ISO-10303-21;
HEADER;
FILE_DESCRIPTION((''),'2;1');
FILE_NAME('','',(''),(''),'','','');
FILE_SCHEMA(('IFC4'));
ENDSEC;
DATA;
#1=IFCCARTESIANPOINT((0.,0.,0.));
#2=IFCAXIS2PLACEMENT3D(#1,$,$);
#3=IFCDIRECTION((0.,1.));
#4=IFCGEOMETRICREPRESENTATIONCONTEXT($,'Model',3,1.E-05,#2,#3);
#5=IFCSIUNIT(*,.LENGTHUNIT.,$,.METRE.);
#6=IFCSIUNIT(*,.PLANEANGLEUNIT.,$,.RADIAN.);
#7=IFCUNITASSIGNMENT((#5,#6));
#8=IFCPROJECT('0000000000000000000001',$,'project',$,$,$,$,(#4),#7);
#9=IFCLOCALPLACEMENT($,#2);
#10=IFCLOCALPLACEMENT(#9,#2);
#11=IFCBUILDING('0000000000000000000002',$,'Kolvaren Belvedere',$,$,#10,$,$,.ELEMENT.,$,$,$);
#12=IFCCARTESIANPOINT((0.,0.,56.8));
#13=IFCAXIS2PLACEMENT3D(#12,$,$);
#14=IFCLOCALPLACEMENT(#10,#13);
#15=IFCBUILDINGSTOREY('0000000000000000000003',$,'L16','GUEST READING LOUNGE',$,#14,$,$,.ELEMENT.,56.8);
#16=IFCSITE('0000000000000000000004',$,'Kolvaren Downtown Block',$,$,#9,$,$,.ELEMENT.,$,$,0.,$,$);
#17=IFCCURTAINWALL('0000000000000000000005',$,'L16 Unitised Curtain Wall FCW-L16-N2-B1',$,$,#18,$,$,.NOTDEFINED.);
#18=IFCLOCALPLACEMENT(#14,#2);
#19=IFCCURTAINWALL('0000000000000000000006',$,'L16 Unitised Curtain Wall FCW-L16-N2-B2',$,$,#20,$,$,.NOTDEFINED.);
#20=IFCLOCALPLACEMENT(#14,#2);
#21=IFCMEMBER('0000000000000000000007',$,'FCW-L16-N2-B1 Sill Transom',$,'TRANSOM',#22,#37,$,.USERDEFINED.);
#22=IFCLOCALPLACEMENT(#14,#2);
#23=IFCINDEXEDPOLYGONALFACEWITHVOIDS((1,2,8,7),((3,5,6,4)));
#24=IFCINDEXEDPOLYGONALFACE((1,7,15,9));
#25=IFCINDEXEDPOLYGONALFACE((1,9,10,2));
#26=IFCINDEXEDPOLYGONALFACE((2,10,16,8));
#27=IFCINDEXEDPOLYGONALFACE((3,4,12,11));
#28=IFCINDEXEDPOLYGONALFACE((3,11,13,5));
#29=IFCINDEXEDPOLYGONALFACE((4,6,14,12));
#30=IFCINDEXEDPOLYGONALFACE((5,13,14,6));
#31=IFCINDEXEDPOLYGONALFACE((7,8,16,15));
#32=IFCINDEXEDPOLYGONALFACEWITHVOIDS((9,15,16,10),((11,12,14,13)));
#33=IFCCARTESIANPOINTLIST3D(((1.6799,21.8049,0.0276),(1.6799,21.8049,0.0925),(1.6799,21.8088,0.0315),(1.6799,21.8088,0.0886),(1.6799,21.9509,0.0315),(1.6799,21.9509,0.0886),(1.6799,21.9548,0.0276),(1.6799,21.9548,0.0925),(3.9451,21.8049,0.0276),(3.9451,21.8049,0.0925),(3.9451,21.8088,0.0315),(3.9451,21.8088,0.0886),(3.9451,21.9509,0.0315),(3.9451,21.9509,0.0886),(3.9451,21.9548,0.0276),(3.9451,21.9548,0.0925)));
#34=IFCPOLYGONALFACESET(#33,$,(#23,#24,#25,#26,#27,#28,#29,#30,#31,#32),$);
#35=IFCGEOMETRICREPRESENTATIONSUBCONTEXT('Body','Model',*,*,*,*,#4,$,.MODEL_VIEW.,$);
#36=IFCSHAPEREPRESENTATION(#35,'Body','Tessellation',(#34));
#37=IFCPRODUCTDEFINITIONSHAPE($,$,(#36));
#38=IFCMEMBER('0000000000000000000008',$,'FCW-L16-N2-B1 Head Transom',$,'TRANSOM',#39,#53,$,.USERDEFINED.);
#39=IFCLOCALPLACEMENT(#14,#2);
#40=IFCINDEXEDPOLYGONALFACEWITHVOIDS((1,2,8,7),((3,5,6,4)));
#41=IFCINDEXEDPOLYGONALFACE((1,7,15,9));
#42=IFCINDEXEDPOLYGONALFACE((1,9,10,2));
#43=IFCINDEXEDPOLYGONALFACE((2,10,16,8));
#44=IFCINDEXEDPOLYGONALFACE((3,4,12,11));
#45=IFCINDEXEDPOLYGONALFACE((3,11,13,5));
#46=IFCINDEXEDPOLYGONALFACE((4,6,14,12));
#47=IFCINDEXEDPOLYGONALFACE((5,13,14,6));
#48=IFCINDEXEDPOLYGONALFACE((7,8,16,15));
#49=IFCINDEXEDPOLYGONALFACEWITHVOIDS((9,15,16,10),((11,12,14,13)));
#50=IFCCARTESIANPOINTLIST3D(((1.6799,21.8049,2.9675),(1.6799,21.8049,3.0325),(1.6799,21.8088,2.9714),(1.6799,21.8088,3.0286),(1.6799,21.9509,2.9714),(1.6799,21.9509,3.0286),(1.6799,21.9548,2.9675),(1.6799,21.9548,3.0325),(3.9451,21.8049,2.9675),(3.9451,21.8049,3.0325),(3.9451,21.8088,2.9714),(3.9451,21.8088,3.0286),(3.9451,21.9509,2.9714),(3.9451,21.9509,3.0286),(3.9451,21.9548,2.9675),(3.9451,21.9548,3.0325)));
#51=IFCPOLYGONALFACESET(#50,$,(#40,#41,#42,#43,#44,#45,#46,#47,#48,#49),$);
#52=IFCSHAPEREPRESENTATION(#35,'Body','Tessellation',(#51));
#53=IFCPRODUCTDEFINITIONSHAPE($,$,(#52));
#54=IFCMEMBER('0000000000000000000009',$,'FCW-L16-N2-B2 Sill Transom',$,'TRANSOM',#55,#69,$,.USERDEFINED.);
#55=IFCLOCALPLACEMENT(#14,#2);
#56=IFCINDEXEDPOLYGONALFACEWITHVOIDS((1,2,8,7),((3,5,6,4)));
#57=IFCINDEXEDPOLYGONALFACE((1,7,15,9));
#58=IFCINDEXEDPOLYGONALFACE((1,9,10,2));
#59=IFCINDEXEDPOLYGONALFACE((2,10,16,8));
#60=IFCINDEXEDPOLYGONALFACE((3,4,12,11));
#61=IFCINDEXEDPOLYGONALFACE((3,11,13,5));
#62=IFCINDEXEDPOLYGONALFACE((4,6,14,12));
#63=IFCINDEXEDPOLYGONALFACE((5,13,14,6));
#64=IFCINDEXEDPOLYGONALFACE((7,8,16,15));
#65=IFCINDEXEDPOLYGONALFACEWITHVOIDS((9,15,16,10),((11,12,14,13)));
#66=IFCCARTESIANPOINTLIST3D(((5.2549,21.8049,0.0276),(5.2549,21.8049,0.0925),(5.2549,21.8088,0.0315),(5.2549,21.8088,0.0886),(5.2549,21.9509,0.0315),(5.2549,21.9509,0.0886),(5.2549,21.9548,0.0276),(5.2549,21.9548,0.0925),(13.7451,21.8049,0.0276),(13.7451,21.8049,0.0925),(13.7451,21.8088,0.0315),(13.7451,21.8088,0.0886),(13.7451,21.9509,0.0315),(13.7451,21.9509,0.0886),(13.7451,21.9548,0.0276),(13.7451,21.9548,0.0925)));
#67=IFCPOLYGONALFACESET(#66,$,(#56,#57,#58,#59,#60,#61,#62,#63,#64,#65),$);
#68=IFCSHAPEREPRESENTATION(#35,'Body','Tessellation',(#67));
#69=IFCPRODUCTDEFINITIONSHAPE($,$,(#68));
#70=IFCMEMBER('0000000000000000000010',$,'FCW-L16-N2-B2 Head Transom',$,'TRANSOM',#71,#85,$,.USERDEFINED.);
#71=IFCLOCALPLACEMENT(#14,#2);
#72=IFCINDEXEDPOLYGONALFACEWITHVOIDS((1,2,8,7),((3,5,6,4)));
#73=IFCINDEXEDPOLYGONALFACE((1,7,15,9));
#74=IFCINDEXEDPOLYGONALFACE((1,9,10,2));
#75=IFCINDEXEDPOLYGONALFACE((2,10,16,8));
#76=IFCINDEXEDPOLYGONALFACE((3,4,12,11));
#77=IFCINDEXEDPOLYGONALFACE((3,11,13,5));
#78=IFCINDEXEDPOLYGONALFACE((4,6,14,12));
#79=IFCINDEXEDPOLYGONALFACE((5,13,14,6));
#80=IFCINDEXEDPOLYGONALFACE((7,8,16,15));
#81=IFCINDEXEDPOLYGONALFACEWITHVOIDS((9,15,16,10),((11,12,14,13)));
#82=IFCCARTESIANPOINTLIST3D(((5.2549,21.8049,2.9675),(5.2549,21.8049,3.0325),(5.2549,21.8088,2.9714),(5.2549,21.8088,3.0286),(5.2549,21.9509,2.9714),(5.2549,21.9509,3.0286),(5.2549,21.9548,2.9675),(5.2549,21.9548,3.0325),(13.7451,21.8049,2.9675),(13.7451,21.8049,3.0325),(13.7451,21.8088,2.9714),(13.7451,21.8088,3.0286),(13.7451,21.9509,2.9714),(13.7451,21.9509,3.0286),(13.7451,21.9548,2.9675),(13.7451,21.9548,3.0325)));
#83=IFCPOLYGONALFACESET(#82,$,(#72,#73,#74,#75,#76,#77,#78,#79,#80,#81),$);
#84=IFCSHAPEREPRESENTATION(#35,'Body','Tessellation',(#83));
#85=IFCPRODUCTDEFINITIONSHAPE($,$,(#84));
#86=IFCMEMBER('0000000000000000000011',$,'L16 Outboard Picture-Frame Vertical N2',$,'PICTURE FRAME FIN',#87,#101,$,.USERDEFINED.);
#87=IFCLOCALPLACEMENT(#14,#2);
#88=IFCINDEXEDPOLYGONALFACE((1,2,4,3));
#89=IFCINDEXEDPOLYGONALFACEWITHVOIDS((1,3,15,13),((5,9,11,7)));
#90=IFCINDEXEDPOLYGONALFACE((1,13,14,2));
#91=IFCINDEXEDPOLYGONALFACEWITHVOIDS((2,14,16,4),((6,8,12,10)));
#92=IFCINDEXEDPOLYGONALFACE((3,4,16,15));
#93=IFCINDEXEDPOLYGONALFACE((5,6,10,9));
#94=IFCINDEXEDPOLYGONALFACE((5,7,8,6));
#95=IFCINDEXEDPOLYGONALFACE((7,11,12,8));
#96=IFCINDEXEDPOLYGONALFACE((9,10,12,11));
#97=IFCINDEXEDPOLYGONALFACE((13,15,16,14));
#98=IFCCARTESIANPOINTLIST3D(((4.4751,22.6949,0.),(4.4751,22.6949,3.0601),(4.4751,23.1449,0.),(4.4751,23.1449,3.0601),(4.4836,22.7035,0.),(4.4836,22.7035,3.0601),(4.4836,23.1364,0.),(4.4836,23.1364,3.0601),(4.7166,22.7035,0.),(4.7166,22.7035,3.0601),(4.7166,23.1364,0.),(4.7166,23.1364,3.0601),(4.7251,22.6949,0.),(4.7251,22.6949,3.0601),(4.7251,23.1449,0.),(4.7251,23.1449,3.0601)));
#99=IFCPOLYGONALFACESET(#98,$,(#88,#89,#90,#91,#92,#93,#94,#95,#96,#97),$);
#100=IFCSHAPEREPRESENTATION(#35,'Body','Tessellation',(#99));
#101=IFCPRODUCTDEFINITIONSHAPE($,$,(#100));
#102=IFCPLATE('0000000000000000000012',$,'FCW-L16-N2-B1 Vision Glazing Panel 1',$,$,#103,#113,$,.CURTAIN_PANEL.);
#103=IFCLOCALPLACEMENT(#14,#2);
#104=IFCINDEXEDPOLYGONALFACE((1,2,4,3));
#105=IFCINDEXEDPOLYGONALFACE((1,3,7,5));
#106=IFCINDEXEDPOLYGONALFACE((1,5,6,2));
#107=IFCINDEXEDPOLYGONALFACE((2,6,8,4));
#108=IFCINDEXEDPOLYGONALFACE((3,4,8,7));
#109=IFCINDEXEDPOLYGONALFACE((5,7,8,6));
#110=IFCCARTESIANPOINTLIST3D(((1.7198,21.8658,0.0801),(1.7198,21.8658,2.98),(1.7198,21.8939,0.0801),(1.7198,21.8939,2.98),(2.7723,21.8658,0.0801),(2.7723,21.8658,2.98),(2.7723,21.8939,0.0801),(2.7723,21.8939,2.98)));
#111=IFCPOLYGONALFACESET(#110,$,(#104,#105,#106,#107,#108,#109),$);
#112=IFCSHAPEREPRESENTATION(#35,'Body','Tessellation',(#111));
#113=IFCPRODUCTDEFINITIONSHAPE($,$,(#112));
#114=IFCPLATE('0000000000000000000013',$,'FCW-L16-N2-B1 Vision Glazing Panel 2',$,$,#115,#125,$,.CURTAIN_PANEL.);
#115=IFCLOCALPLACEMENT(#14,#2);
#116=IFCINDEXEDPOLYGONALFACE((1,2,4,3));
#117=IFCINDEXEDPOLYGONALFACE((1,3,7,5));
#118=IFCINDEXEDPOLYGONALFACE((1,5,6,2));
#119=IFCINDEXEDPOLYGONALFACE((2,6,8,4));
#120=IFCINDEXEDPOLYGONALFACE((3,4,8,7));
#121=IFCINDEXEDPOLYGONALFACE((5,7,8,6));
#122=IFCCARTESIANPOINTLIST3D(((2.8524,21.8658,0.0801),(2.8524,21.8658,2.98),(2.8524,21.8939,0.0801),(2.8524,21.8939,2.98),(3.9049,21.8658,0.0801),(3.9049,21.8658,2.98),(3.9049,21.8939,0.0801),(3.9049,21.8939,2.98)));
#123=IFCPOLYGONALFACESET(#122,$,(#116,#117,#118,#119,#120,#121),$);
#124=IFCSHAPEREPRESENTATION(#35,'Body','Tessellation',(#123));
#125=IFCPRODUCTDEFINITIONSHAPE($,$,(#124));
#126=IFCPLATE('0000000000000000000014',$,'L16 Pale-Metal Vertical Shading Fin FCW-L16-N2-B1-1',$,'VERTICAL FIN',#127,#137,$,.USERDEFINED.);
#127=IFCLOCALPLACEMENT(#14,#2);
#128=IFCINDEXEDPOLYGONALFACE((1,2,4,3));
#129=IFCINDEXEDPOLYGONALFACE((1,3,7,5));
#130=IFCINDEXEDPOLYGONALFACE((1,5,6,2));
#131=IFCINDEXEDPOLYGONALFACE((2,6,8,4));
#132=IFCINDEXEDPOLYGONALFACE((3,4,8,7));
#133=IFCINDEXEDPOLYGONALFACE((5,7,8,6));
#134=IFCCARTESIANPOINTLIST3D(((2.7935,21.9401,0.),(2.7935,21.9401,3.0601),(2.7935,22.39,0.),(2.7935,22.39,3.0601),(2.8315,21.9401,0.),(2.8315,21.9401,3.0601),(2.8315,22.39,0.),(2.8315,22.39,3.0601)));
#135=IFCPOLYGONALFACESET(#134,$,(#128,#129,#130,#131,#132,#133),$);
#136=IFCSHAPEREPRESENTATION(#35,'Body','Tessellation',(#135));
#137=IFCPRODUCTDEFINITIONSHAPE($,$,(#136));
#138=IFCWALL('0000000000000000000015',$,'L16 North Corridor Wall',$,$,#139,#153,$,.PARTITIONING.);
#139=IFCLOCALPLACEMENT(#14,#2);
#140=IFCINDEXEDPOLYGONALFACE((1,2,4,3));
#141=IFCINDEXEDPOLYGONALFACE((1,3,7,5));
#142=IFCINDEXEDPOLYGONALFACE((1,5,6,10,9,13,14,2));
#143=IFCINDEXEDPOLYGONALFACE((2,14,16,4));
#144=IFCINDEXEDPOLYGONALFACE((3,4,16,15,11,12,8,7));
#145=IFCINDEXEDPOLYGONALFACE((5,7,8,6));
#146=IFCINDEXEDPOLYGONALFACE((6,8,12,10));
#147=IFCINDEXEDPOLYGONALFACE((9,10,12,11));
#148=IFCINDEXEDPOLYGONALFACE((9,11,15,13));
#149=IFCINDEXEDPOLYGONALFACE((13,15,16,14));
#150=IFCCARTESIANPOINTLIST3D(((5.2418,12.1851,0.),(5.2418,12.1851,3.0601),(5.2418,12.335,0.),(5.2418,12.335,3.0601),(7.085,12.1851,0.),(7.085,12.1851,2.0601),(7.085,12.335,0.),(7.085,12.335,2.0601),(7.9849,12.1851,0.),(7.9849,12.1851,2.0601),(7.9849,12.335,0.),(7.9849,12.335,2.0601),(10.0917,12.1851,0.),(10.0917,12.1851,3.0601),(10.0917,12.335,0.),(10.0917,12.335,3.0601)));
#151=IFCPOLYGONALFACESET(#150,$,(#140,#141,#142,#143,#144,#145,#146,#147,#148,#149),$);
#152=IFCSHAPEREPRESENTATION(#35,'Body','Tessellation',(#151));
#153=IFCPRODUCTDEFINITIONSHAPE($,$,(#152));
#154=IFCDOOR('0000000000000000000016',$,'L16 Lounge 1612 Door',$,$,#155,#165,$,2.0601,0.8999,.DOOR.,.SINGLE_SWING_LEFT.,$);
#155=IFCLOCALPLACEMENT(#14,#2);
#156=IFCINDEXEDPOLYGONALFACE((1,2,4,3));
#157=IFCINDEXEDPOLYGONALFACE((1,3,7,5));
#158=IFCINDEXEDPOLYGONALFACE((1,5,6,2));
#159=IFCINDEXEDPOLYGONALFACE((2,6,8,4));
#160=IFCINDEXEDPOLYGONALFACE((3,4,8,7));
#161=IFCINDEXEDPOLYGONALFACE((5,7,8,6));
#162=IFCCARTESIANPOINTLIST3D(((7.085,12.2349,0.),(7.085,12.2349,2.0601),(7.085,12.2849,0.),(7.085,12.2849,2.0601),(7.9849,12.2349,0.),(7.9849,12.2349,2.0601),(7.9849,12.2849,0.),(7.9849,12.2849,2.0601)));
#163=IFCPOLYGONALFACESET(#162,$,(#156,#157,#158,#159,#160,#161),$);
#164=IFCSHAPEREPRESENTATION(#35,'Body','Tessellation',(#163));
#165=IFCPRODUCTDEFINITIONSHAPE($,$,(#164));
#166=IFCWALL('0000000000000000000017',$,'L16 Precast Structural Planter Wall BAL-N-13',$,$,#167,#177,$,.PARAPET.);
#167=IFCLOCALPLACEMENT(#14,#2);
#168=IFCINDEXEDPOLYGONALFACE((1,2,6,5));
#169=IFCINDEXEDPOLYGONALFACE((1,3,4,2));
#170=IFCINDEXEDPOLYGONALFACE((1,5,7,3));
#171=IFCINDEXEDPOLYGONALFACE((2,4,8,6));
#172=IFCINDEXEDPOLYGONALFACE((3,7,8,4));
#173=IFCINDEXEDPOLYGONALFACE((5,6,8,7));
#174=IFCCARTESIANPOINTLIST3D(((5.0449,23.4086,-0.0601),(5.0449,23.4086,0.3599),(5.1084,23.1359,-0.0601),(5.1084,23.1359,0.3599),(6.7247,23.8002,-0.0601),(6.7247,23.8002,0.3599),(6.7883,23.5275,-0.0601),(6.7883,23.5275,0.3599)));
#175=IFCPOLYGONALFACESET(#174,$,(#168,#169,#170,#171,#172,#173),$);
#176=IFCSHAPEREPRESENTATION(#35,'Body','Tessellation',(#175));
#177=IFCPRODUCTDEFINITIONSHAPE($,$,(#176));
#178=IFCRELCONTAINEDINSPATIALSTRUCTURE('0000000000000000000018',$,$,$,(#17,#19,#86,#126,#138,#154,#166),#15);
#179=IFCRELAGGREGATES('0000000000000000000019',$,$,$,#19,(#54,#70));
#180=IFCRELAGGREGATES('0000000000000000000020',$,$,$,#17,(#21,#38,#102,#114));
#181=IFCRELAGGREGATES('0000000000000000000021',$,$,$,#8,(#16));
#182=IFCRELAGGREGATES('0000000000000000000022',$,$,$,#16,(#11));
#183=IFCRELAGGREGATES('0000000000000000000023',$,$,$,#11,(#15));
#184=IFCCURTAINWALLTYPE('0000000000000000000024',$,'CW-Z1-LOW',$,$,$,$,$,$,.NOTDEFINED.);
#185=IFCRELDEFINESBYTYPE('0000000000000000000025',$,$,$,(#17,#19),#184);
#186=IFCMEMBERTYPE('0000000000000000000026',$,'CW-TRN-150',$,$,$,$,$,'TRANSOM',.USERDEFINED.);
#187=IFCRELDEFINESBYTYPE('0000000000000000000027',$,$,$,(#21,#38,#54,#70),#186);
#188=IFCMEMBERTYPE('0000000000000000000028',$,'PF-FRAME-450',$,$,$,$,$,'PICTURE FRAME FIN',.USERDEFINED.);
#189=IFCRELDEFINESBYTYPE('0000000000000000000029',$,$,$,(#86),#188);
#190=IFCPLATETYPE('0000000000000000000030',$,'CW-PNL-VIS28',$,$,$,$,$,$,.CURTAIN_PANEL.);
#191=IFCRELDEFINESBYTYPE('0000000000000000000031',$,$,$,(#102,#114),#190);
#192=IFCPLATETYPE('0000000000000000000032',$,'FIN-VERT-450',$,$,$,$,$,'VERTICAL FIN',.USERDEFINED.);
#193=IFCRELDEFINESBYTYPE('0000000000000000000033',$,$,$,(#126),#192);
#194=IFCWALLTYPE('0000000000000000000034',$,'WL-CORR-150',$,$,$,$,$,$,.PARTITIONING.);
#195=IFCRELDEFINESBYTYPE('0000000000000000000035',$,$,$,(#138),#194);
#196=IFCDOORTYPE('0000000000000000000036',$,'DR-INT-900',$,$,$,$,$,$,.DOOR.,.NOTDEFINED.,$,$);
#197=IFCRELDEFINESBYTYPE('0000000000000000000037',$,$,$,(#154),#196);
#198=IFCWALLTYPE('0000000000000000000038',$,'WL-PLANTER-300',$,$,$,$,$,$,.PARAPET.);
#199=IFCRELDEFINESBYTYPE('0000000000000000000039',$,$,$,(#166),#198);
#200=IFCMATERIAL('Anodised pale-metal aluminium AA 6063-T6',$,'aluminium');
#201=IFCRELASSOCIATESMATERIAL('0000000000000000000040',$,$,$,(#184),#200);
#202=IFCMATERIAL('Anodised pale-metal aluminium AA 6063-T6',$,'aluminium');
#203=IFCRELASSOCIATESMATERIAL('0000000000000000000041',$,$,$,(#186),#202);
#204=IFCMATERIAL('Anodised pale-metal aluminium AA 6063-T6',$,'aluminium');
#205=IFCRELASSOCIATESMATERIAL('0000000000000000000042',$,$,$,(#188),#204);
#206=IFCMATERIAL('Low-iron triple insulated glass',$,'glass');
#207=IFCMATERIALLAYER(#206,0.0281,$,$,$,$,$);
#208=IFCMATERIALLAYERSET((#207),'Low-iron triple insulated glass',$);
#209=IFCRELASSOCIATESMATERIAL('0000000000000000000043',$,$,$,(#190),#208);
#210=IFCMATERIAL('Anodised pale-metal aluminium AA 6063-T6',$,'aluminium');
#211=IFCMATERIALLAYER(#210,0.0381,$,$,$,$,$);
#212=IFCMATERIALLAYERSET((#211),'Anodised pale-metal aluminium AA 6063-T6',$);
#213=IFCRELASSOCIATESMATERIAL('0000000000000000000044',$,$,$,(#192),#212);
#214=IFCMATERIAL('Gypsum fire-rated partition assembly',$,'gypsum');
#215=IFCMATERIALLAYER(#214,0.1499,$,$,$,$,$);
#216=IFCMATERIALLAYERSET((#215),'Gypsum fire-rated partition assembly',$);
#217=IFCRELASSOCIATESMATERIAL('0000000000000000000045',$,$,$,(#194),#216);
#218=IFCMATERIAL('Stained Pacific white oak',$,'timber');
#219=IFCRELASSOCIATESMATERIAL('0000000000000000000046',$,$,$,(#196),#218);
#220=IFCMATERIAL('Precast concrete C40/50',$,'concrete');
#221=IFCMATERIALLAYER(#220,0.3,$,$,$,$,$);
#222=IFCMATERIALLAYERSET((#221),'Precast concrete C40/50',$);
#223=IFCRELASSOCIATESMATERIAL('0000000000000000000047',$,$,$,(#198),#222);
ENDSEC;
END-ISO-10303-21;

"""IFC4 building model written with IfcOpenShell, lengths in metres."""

from ifc_helpers import new_model, si_unit, direction, frame, frame_2d, origin, origin_2d, place, context, subcontext, project, spatial, rectangle, hollow_rectangle, extrude, material, layer, layer_set, material_profile, profile_set, type_object, element, fill, aggregate, save


model = new_model("IFC4")

# Units and contexts
model_context = context("Model", 3, precision=1e-05, world=origin(), true_north=direction((0.0, 1.0)))
body_context = subcontext(model_context, "Body", "Model", "MODEL_VIEW")
ifc_project = project(units=[si_unit("LENGTHUNIT", "METRE"), si_unit("PLANEANGLEUNIT", "RADIAN")], contexts=[model_context])

# Site, building, storey
site_placement = place(None, origin())
site = spatial("IfcSite", under=ifc_project, at=site_placement, Name="Kolvaren Downtown Block", CompositionType="ELEMENT", RefElevation=0.0)
building_placement = place(site_placement, origin())
building = spatial("IfcBuilding", under=site, at=building_placement, Name="Kolvaren Belvedere", CompositionType="ELEMENT")
storey_placement = place(building_placement, frame((0.0, 0.0, 56.8)))
storey = spatial("IfcBuildingStorey", under=building, at=storey_placement, Name="L16", Description="GUEST READING LOUNGE", CompositionType="ELEMENT", Elevation=56.8)

# Curtain wall
ifc_material_1 = material(Name="Anodised pale-metal aluminium AA 6063-T6", Category="aluminium")
curtain_wall_type = type_object("IfcCurtainWallType", Name="CW-Z1-LOW", PredefinedType="NOTDEFINED", material=ifc_material_1)
curtain_wall_1_placement = place(storey_placement, origin())
curtain_wall_1 = element("IfcCurtainWall", 1, at=curtain_wall_1_placement, inside=storey, type_object=curtain_wall_type, Name="L16 Unitised Curtain Wall FCW-L16-N2-B1", PredefinedType="NOTDEFINED")

# Curtain wall
curtain_wall_2_placement = place(storey_placement, origin())
curtain_wall_2 = element("IfcCurtainWall", 2, at=curtain_wall_2_placement, inside=storey, type_object=curtain_wall_type, Name="L16 Unitised Curtain Wall FCW-L16-N2-B2", PredefinedType="NOTDEFINED")

# Members
ifc_material_2 = material(Name="Anodised pale-metal aluminium AA 6063-T6", Category="aluminium")
ifc_material_profile_1 = material_profile(ifc_material_2, hollow_rectangle(XDim=0.0649, YDim=0.1499, WallThickness=0.0039, at=origin_2d()), Name="ALU-TRN-150X65")
ifc_profile_set_1 = profile_set([ifc_material_profile_1], Name="Anodised pale-metal aluminium AA 6063-T6")
member_type_1 = type_object("IfcMemberType", Name="CW-TRN-150", ElementType="TRANSOM", PredefinedType="USERDEFINED", material=ifc_profile_set_1)
member_1_placement = place(storey_placement, frame((1.6799, 21.8799, 0.0601), z_axis=(1.0, 0.0, 0.0), x_axis=(0.0, 0.0, 1.0)))
member_1 = element("IfcMember", 3, at=member_1_placement, type_object=member_type_1, Name="FCW-L16-N2-B1 Sill Transom", ObjectType="TRANSOM", PredefinedType="USERDEFINED", context=body_context, shape_type="SweptSolid", body=[
    extrude(hollow_rectangle(XDim=0.0649, YDim=0.1499, WallThickness=0.0039, at=origin_2d()), origin(), (0.0, 0.0, 1.0), 2.2651),
])
member_2_placement = place(storey_placement, frame((1.6799, 21.8799, 3.0), z_axis=(1.0, 0.0, 0.0), x_axis=(0.0, 0.0, 1.0)))
member_2 = element("IfcMember", 4, at=member_2_placement, type_object=member_type_1, Name="FCW-L16-N2-B1 Head Transom", ObjectType="TRANSOM", PredefinedType="USERDEFINED", context=body_context, shape_type="SweptSolid", body=[
    extrude(hollow_rectangle(XDim=0.0649, YDim=0.1499, WallThickness=0.0039, at=origin_2d()), origin(), (0.0, 0.0, 1.0), 2.2651),
])
member_3_placement = place(storey_placement, frame((5.2549, 21.8799, 0.0601), z_axis=(1.0, 0.0, 0.0), x_axis=(0.0, 0.0, 1.0)))
member_3 = element("IfcMember", 5, at=member_3_placement, type_object=member_type_1, Name="FCW-L16-N2-B2 Sill Transom", ObjectType="TRANSOM", PredefinedType="USERDEFINED", context=body_context, shape_type="SweptSolid", body=[
    extrude(hollow_rectangle(XDim=0.0649, YDim=0.1499, WallThickness=0.0039, at=origin_2d()), origin(), (0.0, 0.0, 1.0), 8.4902),
])
member_4_placement = place(storey_placement, frame((5.2549, 21.8799, 3.0), z_axis=(1.0, 0.0, 0.0), x_axis=(0.0, 0.0, 1.0)))
member_4 = element("IfcMember", 6, at=member_4_placement, type_object=member_type_1, Name="FCW-L16-N2-B2 Head Transom", ObjectType="TRANSOM", PredefinedType="USERDEFINED", context=body_context, shape_type="SweptSolid", body=[
    extrude(hollow_rectangle(XDim=0.0649, YDim=0.1499, WallThickness=0.0039, at=origin_2d()), origin(), (0.0, 0.0, 1.0), 8.4902),
])
aggregate(curtain_wall_2, [member_3, member_4])
ifc_material_3 = material(Name="Anodised pale-metal aluminium AA 6063-T6", Category="aluminium")
ifc_material_profile_2 = material_profile(ifc_material_3, hollow_rectangle(XDim=0.25, YDim=0.45, WallThickness=0.0085, at=origin_2d()), Name="ALU-PF-450X250")
ifc_profile_set_2 = profile_set([ifc_material_profile_2], Name="Anodised pale-metal aluminium AA 6063-T6")
member_type_2 = type_object("IfcMemberType", Name="PF-FRAME-450", ElementType="PICTURE FRAME FIN", PredefinedType="USERDEFINED", material=ifc_profile_set_2)
member_5_placement = place(storey_placement, frame((4.6001, 22.9199, 0.0), z_axis=(0.0, 0.0, 1.0), x_axis=(1.0, 0.0, 0.0)))
element("IfcMember", 7, at=member_5_placement, inside=storey, type_object=member_type_2, Name="L16 Outboard Picture-Frame Vertical N2", ObjectType="PICTURE FRAME FIN", PredefinedType="USERDEFINED", context=body_context, shape_type="SweptSolid", body=[
    extrude(hollow_rectangle(XDim=0.25, YDim=0.45, WallThickness=0.0085, at=origin_2d()), origin(), (0.0, 0.0, 1.0), 3.0601),
])

# Plates
ifc_material_4 = material(Name="Low-iron triple insulated glass", Category="glass")
ifc_layer_1 = layer(ifc_material_4, 0.0281)
ifc_layer_set_1 = layer_set([ifc_layer_1], Name="Low-iron triple insulated glass")
plate_type_1 = type_object("IfcPlateType", Name="CW-PNL-VIS28", PredefinedType="CURTAIN_PANEL", material=ifc_layer_set_1)
plate_1_placement = place(storey_placement, frame((2.2461, 21.8799, 0.0801), z_axis=(0.0, 0.0, 1.0), x_axis=(1.0, 0.0, 0.0)))
plate_1 = element("IfcPlate", 8, at=plate_1_placement, type_object=plate_type_1, Name="FCW-L16-N2-B1 Vision Glazing Panel 1", PredefinedType="CURTAIN_PANEL", context=body_context, shape_type="SweptSolid", body=[
    extrude(rectangle(XDim=1.0525, YDim=0.0281, at=origin_2d()), origin(), (0.0, 0.0, 1.0), 2.8999),
])
plate_2_placement = place(storey_placement, frame((3.3787, 21.8799, 0.0801), z_axis=(0.0, 0.0, 1.0), x_axis=(1.0, 0.0, 0.0)))
plate_2 = element("IfcPlate", 9, at=plate_2_placement, type_object=plate_type_1, Name="FCW-L16-N2-B1 Vision Glazing Panel 2", PredefinedType="CURTAIN_PANEL", context=body_context, shape_type="SweptSolid", body=[
    extrude(rectangle(XDim=1.0525, YDim=0.0281, at=origin_2d()), origin(), (0.0, 0.0, 1.0), 2.8999),
])
aggregate(curtain_wall_1, [member_1, member_2, plate_1, plate_2])
ifc_material_5 = material(Name="Anodised pale-metal aluminium AA 6063-T6", Category="aluminium")
ifc_layer_2 = layer(ifc_material_5, 0.0381)
ifc_layer_set_2 = layer_set([ifc_layer_2], Name="Anodised pale-metal aluminium AA 6063-T6")
plate_type_2 = type_object("IfcPlateType", Name="FIN-VERT-450", ElementType="VERTICAL FIN", PredefinedType="USERDEFINED", material=ifc_layer_set_2)
plate_3_placement = place(storey_placement, frame((2.8125, 22.165, 0.0), z_axis=(0.0, 0.0, 1.0), x_axis=(0.0, 1.0, 0.0)))
element("IfcPlate", 10, at=plate_3_placement, inside=storey, type_object=plate_type_2, Name="L16 Pale-Metal Vertical Shading Fin FCW-L16-N2-B1-1", ObjectType="VERTICAL FIN", PredefinedType="USERDEFINED", context=body_context, shape_type="SweptSolid", body=[
    extrude(rectangle(XDim=0.45, YDim=0.0381, at=origin_2d()), origin(), (0.0, 0.0, 1.0), 3.0601),
])

# Wall, opening, door
ifc_material_6 = material(Name="Gypsum fire-rated partition assembly", Category="gypsum")
ifc_layer_3 = layer(ifc_material_6, 0.1499)
ifc_layer_set_3 = layer_set([ifc_layer_3], Name="Gypsum fire-rated partition assembly")
wall_type_1 = type_object("IfcWallType", Name="WL-CORR-150", PredefinedType="PARTITIONING", material=ifc_layer_set_3)
wall_1_placement = place(storey_placement, frame((5.2419, 12.26, 0.0), z_axis=(0.0, 0.0, 1.0), x_axis=(1.0, 0.0, 0.0)))
wall_1 = element("IfcWall", 11, at=wall_1_placement, inside=storey, type_object=wall_type_1, Name="L16 North Corridor Wall", PredefinedType="PARTITIONING", context=body_context, shape_type="SweptSolid", body=[
    extrude(rectangle(XDim=4.8499, YDim=0.1499, at=frame_2d((2.4248, 0.0))), origin(), (0.0, 0.0, 1.0), 3.0601),
])
opening_placement = place(wall_1_placement, frame((1.843, 0.0, 0.0)))
opening = element("IfcOpeningElement", 12, at=opening_placement, cuts=wall_1, PredefinedType="OPENING", context=body_context, shape_type="SweptSolid", body=[
    extrude(rectangle(XDim=0.8999, YDim=2.0601, at=frame_2d((0.45, 1.03))), frame((0.0, 0.085, 0.0), z_axis=(0.0, -1.0, 0.0), x_axis=(1.0, 0.0, 0.0)), (0.0, 0.0, 1.0), 0.1699),
])
ifc_material_7 = material(Name="Stained Pacific white oak", Category="timber")
door_type = type_object("IfcDoorType", Name="DR-INT-900", OperationType="NOTDEFINED", PredefinedType="DOOR", material=ifc_material_7)
door_placement = place(opening_placement, origin())
door = element("IfcDoor", 13, at=door_placement, inside=storey, type_object=door_type, Name="L16 Lounge 1612 Door", OperationType="SINGLE_SWING_LEFT", OverallHeight=2.0601, OverallWidth=0.8999, PredefinedType="DOOR", context=body_context, shape_type="SweptSolid", body=[
    extrude(rectangle(XDim=0.8999, YDim=2.0601, at=frame_2d((0.45, 1.03))), frame((0.0, 0.0249, 0.0), z_axis=(0.0, -1.0, 0.0), x_axis=(1.0, 0.0, 0.0)), (0.0, 0.0, 1.0), 0.05),
])
fill(opening, door)

# Wall
ifc_material_8 = material(Name="Precast concrete C40/50", Category="concrete")
ifc_layer_4 = layer(ifc_material_8, 0.3)
ifc_layer_set_4 = layer_set([ifc_layer_4], Name="Precast concrete C40/50")
wall_type_2 = type_object("IfcWallType", Name="WL-PLANTER-300", PredefinedType="PARAPET", material=ifc_layer_set_4)
wall_2_placement = place(storey_placement, frame((6.7563, 23.6638, -0.0601), z_axis=(0.0, 0.0, 1.0), x_axis=(-0.97389, -0.227019, 0.0)))
element("IfcWall", 14, at=wall_2_placement, inside=storey, type_object=wall_type_2, Name="L16 Precast Structural Planter Wall BAL-N-13", PredefinedType="PARAPET", context=body_context, shape_type="SweptSolid", body=[
    extrude(rectangle(XDim=1.7249, YDim=0.28, at=frame_2d((0.8623, 0.0))), origin(), (0.0, 0.0, 1.0), 0.4199),
])

save(model, "model.ifc")
